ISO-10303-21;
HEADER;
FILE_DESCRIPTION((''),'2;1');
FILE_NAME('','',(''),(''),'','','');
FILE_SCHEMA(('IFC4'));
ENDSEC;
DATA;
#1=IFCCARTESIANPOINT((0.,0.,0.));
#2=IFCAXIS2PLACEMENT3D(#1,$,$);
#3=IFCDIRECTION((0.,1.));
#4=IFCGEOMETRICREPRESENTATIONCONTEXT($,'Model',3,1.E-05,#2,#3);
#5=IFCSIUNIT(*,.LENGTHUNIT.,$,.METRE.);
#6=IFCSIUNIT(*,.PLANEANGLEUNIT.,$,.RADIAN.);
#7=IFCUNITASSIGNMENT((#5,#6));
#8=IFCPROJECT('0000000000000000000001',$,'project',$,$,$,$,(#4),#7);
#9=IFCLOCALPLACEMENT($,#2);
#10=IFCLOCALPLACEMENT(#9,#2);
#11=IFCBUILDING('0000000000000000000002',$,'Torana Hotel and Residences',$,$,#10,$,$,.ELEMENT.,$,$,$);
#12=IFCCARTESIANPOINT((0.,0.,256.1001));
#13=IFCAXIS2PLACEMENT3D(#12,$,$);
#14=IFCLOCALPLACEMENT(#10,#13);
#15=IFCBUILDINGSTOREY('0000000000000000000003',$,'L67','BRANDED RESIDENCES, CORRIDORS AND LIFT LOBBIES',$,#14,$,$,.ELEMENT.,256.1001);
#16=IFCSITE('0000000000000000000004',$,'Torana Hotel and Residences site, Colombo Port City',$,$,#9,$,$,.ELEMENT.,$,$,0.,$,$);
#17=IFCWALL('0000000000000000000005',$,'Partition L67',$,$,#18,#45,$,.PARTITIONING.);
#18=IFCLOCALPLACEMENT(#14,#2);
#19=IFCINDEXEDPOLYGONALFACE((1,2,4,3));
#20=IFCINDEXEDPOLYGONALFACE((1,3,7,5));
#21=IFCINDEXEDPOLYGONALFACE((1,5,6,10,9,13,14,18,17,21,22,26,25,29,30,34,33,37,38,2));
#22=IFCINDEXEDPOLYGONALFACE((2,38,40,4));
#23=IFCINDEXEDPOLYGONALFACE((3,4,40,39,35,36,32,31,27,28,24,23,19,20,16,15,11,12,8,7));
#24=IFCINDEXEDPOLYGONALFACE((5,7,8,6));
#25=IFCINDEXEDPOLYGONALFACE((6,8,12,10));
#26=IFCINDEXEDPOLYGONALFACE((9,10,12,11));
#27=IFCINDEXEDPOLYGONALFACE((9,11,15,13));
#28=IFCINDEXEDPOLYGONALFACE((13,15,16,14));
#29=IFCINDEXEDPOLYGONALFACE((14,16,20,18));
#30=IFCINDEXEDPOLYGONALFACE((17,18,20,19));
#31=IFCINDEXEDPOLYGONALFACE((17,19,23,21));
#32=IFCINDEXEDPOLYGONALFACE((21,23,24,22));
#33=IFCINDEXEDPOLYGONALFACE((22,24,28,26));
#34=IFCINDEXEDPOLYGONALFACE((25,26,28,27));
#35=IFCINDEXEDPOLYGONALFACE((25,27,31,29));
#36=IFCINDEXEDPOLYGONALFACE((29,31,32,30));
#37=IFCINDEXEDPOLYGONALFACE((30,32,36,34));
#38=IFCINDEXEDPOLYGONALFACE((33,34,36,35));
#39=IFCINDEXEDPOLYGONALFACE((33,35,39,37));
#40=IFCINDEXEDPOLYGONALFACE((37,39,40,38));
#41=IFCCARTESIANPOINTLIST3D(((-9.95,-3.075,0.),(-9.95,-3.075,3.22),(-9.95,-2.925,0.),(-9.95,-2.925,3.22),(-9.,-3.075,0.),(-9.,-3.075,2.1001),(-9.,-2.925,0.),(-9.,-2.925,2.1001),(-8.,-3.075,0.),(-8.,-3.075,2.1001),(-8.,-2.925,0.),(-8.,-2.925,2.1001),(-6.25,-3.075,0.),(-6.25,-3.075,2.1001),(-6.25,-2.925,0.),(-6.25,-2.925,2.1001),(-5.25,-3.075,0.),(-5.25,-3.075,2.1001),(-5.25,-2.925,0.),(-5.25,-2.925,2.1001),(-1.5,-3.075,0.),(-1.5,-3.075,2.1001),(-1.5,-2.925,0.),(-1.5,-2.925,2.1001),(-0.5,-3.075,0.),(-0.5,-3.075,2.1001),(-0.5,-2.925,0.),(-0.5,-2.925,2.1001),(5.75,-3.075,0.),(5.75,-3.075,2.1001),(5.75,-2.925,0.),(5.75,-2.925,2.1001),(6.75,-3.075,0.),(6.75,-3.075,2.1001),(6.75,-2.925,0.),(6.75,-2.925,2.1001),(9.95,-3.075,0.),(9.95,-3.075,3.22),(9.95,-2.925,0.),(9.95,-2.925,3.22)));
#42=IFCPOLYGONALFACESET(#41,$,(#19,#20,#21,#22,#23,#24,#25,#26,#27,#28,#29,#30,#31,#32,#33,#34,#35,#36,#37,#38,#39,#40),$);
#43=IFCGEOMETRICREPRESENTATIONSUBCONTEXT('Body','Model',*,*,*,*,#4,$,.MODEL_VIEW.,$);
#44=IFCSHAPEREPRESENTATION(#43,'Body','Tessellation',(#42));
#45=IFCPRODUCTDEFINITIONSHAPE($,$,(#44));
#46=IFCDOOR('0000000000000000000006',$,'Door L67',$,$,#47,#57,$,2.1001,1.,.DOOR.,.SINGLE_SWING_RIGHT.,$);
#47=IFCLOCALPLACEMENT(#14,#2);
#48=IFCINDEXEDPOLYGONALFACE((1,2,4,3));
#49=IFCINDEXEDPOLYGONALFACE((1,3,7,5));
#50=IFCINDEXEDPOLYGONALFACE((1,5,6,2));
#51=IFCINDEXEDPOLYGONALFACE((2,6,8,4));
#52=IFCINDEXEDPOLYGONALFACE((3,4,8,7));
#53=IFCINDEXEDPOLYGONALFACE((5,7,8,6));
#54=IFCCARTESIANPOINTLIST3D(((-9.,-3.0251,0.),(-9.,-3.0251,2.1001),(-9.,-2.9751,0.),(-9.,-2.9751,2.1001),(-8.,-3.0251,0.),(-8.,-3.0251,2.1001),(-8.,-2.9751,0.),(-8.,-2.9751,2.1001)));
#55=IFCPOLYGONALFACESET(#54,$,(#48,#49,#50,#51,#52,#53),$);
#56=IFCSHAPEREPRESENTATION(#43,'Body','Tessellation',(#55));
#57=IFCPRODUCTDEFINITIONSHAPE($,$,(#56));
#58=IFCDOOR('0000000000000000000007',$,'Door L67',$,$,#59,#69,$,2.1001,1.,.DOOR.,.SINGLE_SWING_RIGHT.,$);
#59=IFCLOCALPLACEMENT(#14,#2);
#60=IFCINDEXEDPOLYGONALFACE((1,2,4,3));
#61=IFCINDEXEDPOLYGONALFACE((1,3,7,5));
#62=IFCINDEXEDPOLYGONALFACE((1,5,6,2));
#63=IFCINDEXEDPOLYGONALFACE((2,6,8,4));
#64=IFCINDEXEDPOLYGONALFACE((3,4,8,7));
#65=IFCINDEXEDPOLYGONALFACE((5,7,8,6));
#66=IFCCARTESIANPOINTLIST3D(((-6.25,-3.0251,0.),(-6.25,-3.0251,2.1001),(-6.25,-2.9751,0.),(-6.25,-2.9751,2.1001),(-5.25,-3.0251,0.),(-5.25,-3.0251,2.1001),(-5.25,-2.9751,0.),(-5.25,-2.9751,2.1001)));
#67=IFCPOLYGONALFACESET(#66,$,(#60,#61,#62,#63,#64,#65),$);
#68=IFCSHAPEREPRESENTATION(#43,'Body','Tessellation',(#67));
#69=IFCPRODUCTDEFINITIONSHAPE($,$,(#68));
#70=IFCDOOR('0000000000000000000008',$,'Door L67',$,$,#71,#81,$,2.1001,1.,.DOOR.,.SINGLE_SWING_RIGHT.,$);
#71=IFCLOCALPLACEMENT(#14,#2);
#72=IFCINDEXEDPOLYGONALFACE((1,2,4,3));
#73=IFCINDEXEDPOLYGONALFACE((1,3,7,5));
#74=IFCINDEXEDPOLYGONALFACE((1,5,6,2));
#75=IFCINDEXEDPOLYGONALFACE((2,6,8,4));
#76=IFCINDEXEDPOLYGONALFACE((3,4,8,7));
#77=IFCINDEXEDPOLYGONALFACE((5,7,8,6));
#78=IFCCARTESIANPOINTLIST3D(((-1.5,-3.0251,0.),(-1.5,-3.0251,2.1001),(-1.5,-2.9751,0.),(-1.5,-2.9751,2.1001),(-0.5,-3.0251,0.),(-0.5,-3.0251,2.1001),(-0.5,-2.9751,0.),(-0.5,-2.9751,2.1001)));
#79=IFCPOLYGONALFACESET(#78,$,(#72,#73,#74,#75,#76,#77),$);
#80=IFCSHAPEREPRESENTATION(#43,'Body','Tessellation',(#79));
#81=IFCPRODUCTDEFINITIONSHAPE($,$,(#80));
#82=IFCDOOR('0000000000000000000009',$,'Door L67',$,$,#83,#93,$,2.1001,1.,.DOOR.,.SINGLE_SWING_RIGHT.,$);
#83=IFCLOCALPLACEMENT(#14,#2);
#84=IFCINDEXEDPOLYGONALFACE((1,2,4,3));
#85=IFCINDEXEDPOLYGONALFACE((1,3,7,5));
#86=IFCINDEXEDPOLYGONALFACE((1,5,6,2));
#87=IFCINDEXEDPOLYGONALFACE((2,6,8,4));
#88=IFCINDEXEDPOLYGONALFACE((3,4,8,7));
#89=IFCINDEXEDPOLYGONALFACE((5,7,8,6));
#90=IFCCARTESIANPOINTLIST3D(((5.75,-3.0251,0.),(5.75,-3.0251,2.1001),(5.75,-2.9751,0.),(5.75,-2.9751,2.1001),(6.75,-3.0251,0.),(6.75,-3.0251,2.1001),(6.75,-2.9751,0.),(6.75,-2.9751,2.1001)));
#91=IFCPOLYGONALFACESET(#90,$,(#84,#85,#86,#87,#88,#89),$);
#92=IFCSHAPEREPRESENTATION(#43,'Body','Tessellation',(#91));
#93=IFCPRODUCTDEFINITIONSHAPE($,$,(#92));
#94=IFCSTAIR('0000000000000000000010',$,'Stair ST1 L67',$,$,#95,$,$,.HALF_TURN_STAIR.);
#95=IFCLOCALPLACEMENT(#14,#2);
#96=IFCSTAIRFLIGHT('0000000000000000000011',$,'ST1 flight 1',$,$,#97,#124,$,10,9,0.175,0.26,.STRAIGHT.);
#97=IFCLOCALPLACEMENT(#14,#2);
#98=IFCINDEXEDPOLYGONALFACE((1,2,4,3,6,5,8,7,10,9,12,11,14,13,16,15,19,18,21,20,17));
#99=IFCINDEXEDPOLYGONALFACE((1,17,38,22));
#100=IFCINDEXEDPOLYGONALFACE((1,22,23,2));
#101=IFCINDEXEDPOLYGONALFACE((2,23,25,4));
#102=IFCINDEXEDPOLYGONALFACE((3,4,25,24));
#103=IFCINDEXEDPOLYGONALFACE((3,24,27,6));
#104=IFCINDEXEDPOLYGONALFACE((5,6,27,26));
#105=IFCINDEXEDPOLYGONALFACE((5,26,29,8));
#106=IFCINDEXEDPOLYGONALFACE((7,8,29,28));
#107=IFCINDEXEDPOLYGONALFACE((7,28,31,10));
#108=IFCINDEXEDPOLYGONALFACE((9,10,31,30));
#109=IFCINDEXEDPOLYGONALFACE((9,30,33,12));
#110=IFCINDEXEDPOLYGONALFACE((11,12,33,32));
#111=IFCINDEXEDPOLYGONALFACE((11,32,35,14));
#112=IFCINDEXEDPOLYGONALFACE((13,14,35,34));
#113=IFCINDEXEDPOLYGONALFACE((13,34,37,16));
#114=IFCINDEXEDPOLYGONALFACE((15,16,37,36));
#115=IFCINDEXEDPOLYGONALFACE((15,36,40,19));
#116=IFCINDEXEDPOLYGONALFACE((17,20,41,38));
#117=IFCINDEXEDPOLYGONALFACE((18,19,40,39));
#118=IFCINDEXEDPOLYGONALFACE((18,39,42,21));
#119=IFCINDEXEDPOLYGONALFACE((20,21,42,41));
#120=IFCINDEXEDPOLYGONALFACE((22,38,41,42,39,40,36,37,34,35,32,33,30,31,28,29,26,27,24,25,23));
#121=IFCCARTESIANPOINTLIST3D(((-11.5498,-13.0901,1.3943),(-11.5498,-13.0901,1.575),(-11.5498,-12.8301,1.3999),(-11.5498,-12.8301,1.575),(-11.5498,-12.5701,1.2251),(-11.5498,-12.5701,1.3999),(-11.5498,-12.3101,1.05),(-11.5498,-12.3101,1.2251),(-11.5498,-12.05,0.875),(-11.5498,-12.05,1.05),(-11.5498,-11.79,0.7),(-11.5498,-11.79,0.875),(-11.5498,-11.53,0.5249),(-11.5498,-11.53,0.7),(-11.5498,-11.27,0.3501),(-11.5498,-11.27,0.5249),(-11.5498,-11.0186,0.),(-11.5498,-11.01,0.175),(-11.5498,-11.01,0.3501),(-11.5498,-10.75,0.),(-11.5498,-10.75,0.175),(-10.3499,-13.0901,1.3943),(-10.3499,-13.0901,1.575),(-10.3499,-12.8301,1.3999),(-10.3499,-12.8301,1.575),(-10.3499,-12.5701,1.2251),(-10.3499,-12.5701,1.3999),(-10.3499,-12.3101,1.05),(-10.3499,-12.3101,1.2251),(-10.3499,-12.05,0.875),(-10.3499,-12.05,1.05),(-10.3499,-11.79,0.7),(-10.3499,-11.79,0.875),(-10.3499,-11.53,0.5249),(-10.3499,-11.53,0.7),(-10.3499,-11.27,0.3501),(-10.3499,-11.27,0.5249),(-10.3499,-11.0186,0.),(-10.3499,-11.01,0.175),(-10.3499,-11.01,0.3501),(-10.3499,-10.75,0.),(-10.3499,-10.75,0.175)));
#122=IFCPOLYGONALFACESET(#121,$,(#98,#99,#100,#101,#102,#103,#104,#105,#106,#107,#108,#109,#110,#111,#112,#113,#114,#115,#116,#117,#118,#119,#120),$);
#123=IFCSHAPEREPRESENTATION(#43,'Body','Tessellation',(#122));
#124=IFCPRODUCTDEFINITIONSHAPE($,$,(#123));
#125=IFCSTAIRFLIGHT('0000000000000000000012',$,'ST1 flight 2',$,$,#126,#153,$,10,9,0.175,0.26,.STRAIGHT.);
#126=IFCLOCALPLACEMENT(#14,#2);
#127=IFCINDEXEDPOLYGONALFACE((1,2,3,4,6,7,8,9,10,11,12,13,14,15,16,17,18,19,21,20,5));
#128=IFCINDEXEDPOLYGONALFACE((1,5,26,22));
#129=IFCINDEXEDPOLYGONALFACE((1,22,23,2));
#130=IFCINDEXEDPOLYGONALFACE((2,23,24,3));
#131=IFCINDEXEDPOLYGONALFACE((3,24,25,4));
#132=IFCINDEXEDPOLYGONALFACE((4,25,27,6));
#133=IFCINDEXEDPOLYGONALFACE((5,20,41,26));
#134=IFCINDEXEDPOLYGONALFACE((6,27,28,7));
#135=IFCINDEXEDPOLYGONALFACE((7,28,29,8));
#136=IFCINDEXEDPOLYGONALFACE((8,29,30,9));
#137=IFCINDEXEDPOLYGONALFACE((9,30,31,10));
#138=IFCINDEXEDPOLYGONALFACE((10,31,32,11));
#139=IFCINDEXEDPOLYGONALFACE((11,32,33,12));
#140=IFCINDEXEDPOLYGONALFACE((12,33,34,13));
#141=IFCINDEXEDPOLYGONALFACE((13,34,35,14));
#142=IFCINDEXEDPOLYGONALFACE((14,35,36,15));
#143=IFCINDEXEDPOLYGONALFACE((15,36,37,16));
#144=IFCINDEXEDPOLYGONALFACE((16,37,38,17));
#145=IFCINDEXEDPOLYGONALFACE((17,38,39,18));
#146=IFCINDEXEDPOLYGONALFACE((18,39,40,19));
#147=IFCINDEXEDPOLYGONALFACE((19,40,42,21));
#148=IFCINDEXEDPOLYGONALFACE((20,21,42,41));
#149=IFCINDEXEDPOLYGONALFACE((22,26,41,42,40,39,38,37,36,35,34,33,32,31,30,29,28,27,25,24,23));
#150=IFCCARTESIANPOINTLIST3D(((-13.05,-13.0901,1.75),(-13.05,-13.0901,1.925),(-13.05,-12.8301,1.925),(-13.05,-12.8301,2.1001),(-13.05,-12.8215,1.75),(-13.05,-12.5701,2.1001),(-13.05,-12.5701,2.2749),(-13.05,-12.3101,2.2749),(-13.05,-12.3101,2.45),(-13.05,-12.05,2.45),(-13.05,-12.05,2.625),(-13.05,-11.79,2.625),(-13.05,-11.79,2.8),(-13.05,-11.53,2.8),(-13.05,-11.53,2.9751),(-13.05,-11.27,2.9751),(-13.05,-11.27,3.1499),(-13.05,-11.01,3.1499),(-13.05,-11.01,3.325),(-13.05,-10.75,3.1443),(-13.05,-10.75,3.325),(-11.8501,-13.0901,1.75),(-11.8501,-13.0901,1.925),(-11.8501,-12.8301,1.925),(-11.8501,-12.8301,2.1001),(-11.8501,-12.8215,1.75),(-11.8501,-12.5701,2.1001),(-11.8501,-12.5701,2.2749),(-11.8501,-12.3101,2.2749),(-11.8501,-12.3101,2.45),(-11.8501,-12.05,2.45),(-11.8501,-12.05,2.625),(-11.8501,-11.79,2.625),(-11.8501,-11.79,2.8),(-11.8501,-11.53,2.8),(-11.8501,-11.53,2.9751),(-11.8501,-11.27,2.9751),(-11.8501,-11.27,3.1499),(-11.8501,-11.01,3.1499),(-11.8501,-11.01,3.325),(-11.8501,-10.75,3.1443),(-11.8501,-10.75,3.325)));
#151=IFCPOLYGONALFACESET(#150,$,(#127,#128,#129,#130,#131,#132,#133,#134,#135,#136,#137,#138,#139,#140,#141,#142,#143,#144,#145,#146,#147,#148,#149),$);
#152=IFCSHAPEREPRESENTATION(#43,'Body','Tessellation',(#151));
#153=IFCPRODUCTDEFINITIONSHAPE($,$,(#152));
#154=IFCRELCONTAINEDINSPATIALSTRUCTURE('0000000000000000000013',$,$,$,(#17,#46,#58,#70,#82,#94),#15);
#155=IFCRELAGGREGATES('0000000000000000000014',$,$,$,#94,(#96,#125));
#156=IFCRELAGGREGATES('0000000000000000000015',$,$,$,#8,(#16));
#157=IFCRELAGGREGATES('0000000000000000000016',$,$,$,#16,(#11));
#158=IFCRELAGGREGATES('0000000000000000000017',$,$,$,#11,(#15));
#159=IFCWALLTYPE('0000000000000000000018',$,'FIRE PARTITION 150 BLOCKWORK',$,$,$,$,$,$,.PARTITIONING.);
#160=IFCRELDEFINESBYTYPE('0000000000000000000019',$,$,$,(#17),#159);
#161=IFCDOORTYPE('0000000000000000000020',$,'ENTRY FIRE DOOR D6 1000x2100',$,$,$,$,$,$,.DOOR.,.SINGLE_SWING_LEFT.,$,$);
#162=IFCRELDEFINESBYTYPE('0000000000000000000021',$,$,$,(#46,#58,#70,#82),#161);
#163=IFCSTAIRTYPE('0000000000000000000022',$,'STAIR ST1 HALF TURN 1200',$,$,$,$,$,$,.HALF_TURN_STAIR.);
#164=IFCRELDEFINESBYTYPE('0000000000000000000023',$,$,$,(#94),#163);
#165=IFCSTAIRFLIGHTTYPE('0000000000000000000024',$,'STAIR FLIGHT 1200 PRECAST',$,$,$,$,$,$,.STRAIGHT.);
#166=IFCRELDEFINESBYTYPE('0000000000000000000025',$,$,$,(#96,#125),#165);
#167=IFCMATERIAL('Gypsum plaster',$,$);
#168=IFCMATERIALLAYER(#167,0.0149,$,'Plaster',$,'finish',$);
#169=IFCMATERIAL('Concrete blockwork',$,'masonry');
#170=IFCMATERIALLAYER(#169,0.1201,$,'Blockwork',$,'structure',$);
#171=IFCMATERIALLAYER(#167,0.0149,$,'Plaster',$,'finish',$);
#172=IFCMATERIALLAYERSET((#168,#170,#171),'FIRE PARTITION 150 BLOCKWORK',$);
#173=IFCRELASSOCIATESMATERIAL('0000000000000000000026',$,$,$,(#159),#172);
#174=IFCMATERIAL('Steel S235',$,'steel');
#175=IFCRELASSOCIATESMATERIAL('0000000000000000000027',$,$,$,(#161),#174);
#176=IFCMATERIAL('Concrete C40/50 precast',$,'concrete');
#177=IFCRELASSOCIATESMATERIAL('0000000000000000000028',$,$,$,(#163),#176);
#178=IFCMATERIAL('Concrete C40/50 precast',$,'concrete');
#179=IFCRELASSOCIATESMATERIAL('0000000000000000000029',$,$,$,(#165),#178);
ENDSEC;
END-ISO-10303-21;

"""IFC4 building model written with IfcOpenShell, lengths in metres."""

from ifc_helpers import new_model, si_unit, direction, frame, frame_2d, origin, place, context, subcontext, project, spatial, polyline, rectangle, outline, extrude, material, layer, layer_set, type_object, element, fill, aggregate, save


model = new_model("IFC4")

# Units and contexts
model_context = context("Model", 3, precision=1e-05, world=origin(), true_north=direction((0.0, 1.0)))
body_context = subcontext(model_context, "Body", "Model", "MODEL_VIEW")
ifc_project = project(units=[si_unit("LENGTHUNIT", "METRE"), si_unit("PLANEANGLEUNIT", "RADIAN")], contexts=[model_context])

# Site, building, storey
site_placement = place(None, origin())
site = spatial("IfcSite", under=ifc_project, at=site_placement, Name="Torana Hotel and Residences site, Colombo Port City", CompositionType="ELEMENT", RefElevation=0.0)
building_placement = place(site_placement, origin())
building = spatial("IfcBuilding", under=site, at=building_placement, Name="Torana Hotel and Residences", CompositionType="ELEMENT")
storey_placement = place(building_placement, frame((0.0, 0.0, 256.1001)))
storey = spatial("IfcBuildingStorey", under=building, at=storey_placement, Name="L67", Description="BRANDED RESIDENCES, CORRIDORS AND LIFT LOBBIES", CompositionType="ELEMENT", Elevation=256.1001)

# Shared definitions
ifc_material_1 = material(Name="Gypsum plaster")
ifc_layer_1 = layer(ifc_material_1, 0.0149, Name="Plaster", Category="finish")
ifc_material_2 = material(Name="Concrete blockwork", Category="masonry")
ifc_layer_2 = layer(ifc_material_2, 0.1201, Name="Blockwork", Category="structure")
ifc_layer_3 = layer(ifc_material_1, 0.0149, Name="Plaster", Category="finish")
ifc_layer_set_1 = layer_set([ifc_layer_1, ifc_layer_2, ifc_layer_3], Name="FIRE PARTITION 150 BLOCKWORK")
wall_type_1 = type_object("IfcWallType", Name="FIRE PARTITION 150 BLOCKWORK", PredefinedType="PARTITIONING", material=ifc_layer_set_1)

# Wall, openings, doors
ifc_material_3 = material(Name="Steel S235", Category="steel")
door_type_1 = type_object("IfcDoorType", Name="ENTRY FIRE DOOR D6 1000x2100", OperationType="SINGLE_SWING_LEFT", PredefinedType="DOOR", material=ifc_material_3)
wall_1_placement = place(storey_placement, frame((-9.95, -3.0, 0.0), z_axis=(0.0, 0.0, 1.0), x_axis=(1.0, 0.0, 0.0)))
wall_1 = element("IfcWall", 1, at=wall_1_placement, inside=storey, type_object=wall_type_1, Name="Partition L67", PredefinedType="PARTITIONING", context=body_context, shape_type="SweptSolid", body=[
    extrude(rectangle(XDim=19.8999, YDim=0.1499, at=frame_2d((9.95, 0.0))), origin(), (0.0, 0.0, 1.0), 3.22),
])
opening_1_placement = place(wall_1_placement, frame((0.95, 0.0, 0.0)))
opening_1 = element("IfcOpeningElement", 2, at=opening_1_placement, cuts=wall_1, PredefinedType="OPENING", context=body_context, shape_type="SweptSolid", body=[
    extrude(rectangle(XDim=1.0, YDim=2.1001, at=frame_2d((0.5, 1.05))), frame((0.0, 0.085, 0.0), z_axis=(0.0, -1.0, 0.0), x_axis=(1.0, 0.0, 0.0)), (0.0, 0.0, 1.0), 0.1699),
])
opening_2_placement = place(wall_1_placement, frame((3.7, 0.0, 0.0)))
opening_2 = element("IfcOpeningElement", 3, at=opening_2_placement, cuts=wall_1, PredefinedType="OPENING", context=body_context, shape_type="SweptSolid", body=[
    extrude(rectangle(XDim=1.0, YDim=2.1001, at=frame_2d((0.5, 1.05))), frame((0.0, 0.085, 0.0), z_axis=(0.0, -1.0, 0.0), x_axis=(1.0, 0.0, 0.0)), (0.0, 0.0, 1.0), 0.1699),
])
opening_3_placement = place(wall_1_placement, frame((8.45, 0.0, 0.0)))
opening_3 = element("IfcOpeningElement", 4, at=opening_3_placement, cuts=wall_1, PredefinedType="OPENING", context=body_context, shape_type="SweptSolid", body=[
    extrude(rectangle(XDim=1.0, YDim=2.1001, at=frame_2d((0.5, 1.05))), frame((0.0, 0.085, 0.0), z_axis=(0.0, -1.0, 0.0), x_axis=(1.0, 0.0, 0.0)), (0.0, 0.0, 1.0), 0.1699),
])
opening_4_placement = place(wall_1_placement, frame((15.7, 0.0, 0.0)))
opening_4 = element("IfcOpeningElement", 5, at=opening_4_placement, cuts=wall_1, PredefinedType="OPENING", context=body_context, shape_type="SweptSolid", body=[
    extrude(rectangle(XDim=1.0, YDim=2.1001, at=frame_2d((0.5, 1.05))), frame((0.0, 0.085, 0.0), z_axis=(0.0, -1.0, 0.0), x_axis=(1.0, 0.0, 0.0)), (0.0, 0.0, 1.0), 0.1699),
])
door_1_placement = place(opening_1_placement, origin())
door_1 = element("IfcDoor", 6, at=door_1_placement, inside=storey, type_object=door_type_1, Name="Door L67", OperationType="SINGLE_SWING_RIGHT", OverallHeight=2.1001, OverallWidth=1.0, PredefinedType="DOOR", context=body_context, shape_type="SweptSolid", body=[
    extrude(rectangle(XDim=1.0, YDim=2.1001, at=frame_2d((0.5, 1.05))), frame((0.0, 0.0249, 0.0), z_axis=(0.0, -1.0, 0.0), x_axis=(1.0, 0.0, 0.0)), (0.0, 0.0, 1.0), 0.05),
])
fill(opening_1, door_1)
door_2_placement = place(opening_2_placement, origin())
door_2 = element("IfcDoor", 7, at=door_2_placement, inside=storey, type_object=door_type_1, Name="Door L67", OperationType="SINGLE_SWING_RIGHT", OverallHeight=2.1001, OverallWidth=1.0, PredefinedType="DOOR", context=body_context, shape_type="SweptSolid", body=[
    extrude(rectangle(XDim=1.0, YDim=2.1001, at=frame_2d((0.5, 1.05))), frame((0.0, 0.0249, 0.0), z_axis=(0.0, -1.0, 0.0), x_axis=(1.0, 0.0, 0.0)), (0.0, 0.0, 1.0), 0.05),
])
fill(opening_2, door_2)
door_3_placement = place(opening_3_placement, origin())
door_3 = element("IfcDoor", 8, at=door_3_placement, inside=storey, type_object=door_type_1, Name="Door L67", OperationType="SINGLE_SWING_RIGHT", OverallHeight=2.1001, OverallWidth=1.0, PredefinedType="DOOR", context=body_context, shape_type="SweptSolid", body=[
    extrude(rectangle(XDim=1.0, YDim=2.1001, at=frame_2d((0.5, 1.05))), frame((0.0, 0.0249, 0.0), z_axis=(0.0, -1.0, 0.0), x_axis=(1.0, 0.0, 0.0)), (0.0, 0.0, 1.0), 0.05),
])
fill(opening_3, door_3)
door_4_placement = place(opening_4_placement, origin())
door_4 = element("IfcDoor", 9, at=door_4_placement, inside=storey, type_object=door_type_1, Name="Door L67", OperationType="SINGLE_SWING_RIGHT", OverallHeight=2.1001, OverallWidth=1.0, PredefinedType="DOOR", context=body_context, shape_type="SweptSolid", body=[
    extrude(rectangle(XDim=1.0, YDim=2.1001, at=frame_2d((0.5, 1.05))), frame((0.0, 0.0249, 0.0), z_axis=(0.0, -1.0, 0.0), x_axis=(1.0, 0.0, 0.0)), (0.0, 0.0, 1.0), 0.05),
])
fill(opening_4, door_4)

# Stair, stair flights
ifc_material_4 = material(Name="Concrete C40/50 precast", Category="concrete")
stair_type = type_object("IfcStairType", Name="STAIR ST1 HALF TURN 1200", PredefinedType="HALF_TURN_STAIR", material=ifc_material_4)
stair_placement = place(storey_placement, origin())
stair = element("IfcStair", 10, at=stair_placement, inside=storey, type_object=stair_type, Name="Stair ST1 L67", PredefinedType="HALF_TURN_STAIR")
ifc_material_5 = material(Name="Concrete C40/50 precast", Category="concrete")
stair_flight_type = type_object("IfcStairFlightType", Name="STAIR FLIGHT 1200 PRECAST", PredefinedType="STRAIGHT", material=ifc_material_5)
stair_flight_1_placement = place(storey_placement, frame((-10.95, -10.75, 0.0), z_axis=(0.0, 0.0, 1.0), x_axis=(0.0, -1.0, 0.0)))
stair_flight_1 = element("IfcStairFlight", 11, at=stair_flight_1_placement, type_object=stair_flight_type, Name="ST1 flight 1", NumberOfRisers=10, NumberOfTreads=9, PredefinedType="STRAIGHT", RiserHeight=0.175, TreadLength=0.26, context=body_context, shape_type="SweptSolid", body=[
    extrude(outline(polyline([(0.0, 0.0), (0.0, 0.175), (0.26, 0.175), (0.26, 0.3501), (0.52, 0.3501), (0.52, 0.5249), (0.78, 0.5249), (0.78, 0.7), (1.04, 0.7), (1.04, 0.875), (1.3, 0.875), (1.3, 1.05), (1.5601, 1.05), (1.5601, 1.2251), (1.8201, 1.2251), (1.8201, 1.3999), (2.0801, 1.3999), (2.0801, 1.575), (2.3401, 1.575), (2.3401, 1.75), (2.3401, 1.3943), (0.2686, 0.0), (0.0, 0.0)])), frame((0.0, 0.6001, 0.0), z_axis=(0.0, -1.0, 0.0), x_axis=(1.0, 0.0, 0.0)), (0.0, 0.0, 1.0), 1.2),
])
stair_flight_2_placement = place(storey_placement, frame((-12.45, -13.0901, 1.75), z_axis=(0.0, 0.0, 1.0), x_axis=(0.0, 1.0, 0.0)))
stair_flight_2 = element("IfcStairFlight", 12, at=stair_flight_2_placement, type_object=stair_flight_type, Name="ST1 flight 2", NumberOfRisers=10, NumberOfTreads=9, PredefinedType="STRAIGHT", RiserHeight=0.175, TreadLength=0.26, context=body_context, shape_type="SweptSolid", body=[
    extrude(outline(polyline([(0.0, 0.0), (0.0, 0.175), (0.26, 0.175), (0.26, 0.3501), (0.52, 0.3501), (0.52, 0.5249), (0.78, 0.5249), (0.78, 0.7), (1.04, 0.7), (1.04, 0.875), (1.3, 0.875), (1.3, 1.05), (1.5601, 1.05), (1.5601, 1.2251), (1.8201, 1.2251), (1.8201, 1.3999), (2.0801, 1.3999), (2.0801, 1.575), (2.3401, 1.575), (2.3401, 1.75), (2.3401, 1.3943), (0.2686, 0.0), (0.0, 0.0)])), frame((0.0, 0.6001, 0.0), z_axis=(0.0, -1.0, 0.0), x_axis=(1.0, 0.0, 0.0)), (0.0, 0.0, 1.0), 1.2),
])
aggregate(stair, [stair_flight_1, stair_flight_2])

save(model, "model.ifc")
